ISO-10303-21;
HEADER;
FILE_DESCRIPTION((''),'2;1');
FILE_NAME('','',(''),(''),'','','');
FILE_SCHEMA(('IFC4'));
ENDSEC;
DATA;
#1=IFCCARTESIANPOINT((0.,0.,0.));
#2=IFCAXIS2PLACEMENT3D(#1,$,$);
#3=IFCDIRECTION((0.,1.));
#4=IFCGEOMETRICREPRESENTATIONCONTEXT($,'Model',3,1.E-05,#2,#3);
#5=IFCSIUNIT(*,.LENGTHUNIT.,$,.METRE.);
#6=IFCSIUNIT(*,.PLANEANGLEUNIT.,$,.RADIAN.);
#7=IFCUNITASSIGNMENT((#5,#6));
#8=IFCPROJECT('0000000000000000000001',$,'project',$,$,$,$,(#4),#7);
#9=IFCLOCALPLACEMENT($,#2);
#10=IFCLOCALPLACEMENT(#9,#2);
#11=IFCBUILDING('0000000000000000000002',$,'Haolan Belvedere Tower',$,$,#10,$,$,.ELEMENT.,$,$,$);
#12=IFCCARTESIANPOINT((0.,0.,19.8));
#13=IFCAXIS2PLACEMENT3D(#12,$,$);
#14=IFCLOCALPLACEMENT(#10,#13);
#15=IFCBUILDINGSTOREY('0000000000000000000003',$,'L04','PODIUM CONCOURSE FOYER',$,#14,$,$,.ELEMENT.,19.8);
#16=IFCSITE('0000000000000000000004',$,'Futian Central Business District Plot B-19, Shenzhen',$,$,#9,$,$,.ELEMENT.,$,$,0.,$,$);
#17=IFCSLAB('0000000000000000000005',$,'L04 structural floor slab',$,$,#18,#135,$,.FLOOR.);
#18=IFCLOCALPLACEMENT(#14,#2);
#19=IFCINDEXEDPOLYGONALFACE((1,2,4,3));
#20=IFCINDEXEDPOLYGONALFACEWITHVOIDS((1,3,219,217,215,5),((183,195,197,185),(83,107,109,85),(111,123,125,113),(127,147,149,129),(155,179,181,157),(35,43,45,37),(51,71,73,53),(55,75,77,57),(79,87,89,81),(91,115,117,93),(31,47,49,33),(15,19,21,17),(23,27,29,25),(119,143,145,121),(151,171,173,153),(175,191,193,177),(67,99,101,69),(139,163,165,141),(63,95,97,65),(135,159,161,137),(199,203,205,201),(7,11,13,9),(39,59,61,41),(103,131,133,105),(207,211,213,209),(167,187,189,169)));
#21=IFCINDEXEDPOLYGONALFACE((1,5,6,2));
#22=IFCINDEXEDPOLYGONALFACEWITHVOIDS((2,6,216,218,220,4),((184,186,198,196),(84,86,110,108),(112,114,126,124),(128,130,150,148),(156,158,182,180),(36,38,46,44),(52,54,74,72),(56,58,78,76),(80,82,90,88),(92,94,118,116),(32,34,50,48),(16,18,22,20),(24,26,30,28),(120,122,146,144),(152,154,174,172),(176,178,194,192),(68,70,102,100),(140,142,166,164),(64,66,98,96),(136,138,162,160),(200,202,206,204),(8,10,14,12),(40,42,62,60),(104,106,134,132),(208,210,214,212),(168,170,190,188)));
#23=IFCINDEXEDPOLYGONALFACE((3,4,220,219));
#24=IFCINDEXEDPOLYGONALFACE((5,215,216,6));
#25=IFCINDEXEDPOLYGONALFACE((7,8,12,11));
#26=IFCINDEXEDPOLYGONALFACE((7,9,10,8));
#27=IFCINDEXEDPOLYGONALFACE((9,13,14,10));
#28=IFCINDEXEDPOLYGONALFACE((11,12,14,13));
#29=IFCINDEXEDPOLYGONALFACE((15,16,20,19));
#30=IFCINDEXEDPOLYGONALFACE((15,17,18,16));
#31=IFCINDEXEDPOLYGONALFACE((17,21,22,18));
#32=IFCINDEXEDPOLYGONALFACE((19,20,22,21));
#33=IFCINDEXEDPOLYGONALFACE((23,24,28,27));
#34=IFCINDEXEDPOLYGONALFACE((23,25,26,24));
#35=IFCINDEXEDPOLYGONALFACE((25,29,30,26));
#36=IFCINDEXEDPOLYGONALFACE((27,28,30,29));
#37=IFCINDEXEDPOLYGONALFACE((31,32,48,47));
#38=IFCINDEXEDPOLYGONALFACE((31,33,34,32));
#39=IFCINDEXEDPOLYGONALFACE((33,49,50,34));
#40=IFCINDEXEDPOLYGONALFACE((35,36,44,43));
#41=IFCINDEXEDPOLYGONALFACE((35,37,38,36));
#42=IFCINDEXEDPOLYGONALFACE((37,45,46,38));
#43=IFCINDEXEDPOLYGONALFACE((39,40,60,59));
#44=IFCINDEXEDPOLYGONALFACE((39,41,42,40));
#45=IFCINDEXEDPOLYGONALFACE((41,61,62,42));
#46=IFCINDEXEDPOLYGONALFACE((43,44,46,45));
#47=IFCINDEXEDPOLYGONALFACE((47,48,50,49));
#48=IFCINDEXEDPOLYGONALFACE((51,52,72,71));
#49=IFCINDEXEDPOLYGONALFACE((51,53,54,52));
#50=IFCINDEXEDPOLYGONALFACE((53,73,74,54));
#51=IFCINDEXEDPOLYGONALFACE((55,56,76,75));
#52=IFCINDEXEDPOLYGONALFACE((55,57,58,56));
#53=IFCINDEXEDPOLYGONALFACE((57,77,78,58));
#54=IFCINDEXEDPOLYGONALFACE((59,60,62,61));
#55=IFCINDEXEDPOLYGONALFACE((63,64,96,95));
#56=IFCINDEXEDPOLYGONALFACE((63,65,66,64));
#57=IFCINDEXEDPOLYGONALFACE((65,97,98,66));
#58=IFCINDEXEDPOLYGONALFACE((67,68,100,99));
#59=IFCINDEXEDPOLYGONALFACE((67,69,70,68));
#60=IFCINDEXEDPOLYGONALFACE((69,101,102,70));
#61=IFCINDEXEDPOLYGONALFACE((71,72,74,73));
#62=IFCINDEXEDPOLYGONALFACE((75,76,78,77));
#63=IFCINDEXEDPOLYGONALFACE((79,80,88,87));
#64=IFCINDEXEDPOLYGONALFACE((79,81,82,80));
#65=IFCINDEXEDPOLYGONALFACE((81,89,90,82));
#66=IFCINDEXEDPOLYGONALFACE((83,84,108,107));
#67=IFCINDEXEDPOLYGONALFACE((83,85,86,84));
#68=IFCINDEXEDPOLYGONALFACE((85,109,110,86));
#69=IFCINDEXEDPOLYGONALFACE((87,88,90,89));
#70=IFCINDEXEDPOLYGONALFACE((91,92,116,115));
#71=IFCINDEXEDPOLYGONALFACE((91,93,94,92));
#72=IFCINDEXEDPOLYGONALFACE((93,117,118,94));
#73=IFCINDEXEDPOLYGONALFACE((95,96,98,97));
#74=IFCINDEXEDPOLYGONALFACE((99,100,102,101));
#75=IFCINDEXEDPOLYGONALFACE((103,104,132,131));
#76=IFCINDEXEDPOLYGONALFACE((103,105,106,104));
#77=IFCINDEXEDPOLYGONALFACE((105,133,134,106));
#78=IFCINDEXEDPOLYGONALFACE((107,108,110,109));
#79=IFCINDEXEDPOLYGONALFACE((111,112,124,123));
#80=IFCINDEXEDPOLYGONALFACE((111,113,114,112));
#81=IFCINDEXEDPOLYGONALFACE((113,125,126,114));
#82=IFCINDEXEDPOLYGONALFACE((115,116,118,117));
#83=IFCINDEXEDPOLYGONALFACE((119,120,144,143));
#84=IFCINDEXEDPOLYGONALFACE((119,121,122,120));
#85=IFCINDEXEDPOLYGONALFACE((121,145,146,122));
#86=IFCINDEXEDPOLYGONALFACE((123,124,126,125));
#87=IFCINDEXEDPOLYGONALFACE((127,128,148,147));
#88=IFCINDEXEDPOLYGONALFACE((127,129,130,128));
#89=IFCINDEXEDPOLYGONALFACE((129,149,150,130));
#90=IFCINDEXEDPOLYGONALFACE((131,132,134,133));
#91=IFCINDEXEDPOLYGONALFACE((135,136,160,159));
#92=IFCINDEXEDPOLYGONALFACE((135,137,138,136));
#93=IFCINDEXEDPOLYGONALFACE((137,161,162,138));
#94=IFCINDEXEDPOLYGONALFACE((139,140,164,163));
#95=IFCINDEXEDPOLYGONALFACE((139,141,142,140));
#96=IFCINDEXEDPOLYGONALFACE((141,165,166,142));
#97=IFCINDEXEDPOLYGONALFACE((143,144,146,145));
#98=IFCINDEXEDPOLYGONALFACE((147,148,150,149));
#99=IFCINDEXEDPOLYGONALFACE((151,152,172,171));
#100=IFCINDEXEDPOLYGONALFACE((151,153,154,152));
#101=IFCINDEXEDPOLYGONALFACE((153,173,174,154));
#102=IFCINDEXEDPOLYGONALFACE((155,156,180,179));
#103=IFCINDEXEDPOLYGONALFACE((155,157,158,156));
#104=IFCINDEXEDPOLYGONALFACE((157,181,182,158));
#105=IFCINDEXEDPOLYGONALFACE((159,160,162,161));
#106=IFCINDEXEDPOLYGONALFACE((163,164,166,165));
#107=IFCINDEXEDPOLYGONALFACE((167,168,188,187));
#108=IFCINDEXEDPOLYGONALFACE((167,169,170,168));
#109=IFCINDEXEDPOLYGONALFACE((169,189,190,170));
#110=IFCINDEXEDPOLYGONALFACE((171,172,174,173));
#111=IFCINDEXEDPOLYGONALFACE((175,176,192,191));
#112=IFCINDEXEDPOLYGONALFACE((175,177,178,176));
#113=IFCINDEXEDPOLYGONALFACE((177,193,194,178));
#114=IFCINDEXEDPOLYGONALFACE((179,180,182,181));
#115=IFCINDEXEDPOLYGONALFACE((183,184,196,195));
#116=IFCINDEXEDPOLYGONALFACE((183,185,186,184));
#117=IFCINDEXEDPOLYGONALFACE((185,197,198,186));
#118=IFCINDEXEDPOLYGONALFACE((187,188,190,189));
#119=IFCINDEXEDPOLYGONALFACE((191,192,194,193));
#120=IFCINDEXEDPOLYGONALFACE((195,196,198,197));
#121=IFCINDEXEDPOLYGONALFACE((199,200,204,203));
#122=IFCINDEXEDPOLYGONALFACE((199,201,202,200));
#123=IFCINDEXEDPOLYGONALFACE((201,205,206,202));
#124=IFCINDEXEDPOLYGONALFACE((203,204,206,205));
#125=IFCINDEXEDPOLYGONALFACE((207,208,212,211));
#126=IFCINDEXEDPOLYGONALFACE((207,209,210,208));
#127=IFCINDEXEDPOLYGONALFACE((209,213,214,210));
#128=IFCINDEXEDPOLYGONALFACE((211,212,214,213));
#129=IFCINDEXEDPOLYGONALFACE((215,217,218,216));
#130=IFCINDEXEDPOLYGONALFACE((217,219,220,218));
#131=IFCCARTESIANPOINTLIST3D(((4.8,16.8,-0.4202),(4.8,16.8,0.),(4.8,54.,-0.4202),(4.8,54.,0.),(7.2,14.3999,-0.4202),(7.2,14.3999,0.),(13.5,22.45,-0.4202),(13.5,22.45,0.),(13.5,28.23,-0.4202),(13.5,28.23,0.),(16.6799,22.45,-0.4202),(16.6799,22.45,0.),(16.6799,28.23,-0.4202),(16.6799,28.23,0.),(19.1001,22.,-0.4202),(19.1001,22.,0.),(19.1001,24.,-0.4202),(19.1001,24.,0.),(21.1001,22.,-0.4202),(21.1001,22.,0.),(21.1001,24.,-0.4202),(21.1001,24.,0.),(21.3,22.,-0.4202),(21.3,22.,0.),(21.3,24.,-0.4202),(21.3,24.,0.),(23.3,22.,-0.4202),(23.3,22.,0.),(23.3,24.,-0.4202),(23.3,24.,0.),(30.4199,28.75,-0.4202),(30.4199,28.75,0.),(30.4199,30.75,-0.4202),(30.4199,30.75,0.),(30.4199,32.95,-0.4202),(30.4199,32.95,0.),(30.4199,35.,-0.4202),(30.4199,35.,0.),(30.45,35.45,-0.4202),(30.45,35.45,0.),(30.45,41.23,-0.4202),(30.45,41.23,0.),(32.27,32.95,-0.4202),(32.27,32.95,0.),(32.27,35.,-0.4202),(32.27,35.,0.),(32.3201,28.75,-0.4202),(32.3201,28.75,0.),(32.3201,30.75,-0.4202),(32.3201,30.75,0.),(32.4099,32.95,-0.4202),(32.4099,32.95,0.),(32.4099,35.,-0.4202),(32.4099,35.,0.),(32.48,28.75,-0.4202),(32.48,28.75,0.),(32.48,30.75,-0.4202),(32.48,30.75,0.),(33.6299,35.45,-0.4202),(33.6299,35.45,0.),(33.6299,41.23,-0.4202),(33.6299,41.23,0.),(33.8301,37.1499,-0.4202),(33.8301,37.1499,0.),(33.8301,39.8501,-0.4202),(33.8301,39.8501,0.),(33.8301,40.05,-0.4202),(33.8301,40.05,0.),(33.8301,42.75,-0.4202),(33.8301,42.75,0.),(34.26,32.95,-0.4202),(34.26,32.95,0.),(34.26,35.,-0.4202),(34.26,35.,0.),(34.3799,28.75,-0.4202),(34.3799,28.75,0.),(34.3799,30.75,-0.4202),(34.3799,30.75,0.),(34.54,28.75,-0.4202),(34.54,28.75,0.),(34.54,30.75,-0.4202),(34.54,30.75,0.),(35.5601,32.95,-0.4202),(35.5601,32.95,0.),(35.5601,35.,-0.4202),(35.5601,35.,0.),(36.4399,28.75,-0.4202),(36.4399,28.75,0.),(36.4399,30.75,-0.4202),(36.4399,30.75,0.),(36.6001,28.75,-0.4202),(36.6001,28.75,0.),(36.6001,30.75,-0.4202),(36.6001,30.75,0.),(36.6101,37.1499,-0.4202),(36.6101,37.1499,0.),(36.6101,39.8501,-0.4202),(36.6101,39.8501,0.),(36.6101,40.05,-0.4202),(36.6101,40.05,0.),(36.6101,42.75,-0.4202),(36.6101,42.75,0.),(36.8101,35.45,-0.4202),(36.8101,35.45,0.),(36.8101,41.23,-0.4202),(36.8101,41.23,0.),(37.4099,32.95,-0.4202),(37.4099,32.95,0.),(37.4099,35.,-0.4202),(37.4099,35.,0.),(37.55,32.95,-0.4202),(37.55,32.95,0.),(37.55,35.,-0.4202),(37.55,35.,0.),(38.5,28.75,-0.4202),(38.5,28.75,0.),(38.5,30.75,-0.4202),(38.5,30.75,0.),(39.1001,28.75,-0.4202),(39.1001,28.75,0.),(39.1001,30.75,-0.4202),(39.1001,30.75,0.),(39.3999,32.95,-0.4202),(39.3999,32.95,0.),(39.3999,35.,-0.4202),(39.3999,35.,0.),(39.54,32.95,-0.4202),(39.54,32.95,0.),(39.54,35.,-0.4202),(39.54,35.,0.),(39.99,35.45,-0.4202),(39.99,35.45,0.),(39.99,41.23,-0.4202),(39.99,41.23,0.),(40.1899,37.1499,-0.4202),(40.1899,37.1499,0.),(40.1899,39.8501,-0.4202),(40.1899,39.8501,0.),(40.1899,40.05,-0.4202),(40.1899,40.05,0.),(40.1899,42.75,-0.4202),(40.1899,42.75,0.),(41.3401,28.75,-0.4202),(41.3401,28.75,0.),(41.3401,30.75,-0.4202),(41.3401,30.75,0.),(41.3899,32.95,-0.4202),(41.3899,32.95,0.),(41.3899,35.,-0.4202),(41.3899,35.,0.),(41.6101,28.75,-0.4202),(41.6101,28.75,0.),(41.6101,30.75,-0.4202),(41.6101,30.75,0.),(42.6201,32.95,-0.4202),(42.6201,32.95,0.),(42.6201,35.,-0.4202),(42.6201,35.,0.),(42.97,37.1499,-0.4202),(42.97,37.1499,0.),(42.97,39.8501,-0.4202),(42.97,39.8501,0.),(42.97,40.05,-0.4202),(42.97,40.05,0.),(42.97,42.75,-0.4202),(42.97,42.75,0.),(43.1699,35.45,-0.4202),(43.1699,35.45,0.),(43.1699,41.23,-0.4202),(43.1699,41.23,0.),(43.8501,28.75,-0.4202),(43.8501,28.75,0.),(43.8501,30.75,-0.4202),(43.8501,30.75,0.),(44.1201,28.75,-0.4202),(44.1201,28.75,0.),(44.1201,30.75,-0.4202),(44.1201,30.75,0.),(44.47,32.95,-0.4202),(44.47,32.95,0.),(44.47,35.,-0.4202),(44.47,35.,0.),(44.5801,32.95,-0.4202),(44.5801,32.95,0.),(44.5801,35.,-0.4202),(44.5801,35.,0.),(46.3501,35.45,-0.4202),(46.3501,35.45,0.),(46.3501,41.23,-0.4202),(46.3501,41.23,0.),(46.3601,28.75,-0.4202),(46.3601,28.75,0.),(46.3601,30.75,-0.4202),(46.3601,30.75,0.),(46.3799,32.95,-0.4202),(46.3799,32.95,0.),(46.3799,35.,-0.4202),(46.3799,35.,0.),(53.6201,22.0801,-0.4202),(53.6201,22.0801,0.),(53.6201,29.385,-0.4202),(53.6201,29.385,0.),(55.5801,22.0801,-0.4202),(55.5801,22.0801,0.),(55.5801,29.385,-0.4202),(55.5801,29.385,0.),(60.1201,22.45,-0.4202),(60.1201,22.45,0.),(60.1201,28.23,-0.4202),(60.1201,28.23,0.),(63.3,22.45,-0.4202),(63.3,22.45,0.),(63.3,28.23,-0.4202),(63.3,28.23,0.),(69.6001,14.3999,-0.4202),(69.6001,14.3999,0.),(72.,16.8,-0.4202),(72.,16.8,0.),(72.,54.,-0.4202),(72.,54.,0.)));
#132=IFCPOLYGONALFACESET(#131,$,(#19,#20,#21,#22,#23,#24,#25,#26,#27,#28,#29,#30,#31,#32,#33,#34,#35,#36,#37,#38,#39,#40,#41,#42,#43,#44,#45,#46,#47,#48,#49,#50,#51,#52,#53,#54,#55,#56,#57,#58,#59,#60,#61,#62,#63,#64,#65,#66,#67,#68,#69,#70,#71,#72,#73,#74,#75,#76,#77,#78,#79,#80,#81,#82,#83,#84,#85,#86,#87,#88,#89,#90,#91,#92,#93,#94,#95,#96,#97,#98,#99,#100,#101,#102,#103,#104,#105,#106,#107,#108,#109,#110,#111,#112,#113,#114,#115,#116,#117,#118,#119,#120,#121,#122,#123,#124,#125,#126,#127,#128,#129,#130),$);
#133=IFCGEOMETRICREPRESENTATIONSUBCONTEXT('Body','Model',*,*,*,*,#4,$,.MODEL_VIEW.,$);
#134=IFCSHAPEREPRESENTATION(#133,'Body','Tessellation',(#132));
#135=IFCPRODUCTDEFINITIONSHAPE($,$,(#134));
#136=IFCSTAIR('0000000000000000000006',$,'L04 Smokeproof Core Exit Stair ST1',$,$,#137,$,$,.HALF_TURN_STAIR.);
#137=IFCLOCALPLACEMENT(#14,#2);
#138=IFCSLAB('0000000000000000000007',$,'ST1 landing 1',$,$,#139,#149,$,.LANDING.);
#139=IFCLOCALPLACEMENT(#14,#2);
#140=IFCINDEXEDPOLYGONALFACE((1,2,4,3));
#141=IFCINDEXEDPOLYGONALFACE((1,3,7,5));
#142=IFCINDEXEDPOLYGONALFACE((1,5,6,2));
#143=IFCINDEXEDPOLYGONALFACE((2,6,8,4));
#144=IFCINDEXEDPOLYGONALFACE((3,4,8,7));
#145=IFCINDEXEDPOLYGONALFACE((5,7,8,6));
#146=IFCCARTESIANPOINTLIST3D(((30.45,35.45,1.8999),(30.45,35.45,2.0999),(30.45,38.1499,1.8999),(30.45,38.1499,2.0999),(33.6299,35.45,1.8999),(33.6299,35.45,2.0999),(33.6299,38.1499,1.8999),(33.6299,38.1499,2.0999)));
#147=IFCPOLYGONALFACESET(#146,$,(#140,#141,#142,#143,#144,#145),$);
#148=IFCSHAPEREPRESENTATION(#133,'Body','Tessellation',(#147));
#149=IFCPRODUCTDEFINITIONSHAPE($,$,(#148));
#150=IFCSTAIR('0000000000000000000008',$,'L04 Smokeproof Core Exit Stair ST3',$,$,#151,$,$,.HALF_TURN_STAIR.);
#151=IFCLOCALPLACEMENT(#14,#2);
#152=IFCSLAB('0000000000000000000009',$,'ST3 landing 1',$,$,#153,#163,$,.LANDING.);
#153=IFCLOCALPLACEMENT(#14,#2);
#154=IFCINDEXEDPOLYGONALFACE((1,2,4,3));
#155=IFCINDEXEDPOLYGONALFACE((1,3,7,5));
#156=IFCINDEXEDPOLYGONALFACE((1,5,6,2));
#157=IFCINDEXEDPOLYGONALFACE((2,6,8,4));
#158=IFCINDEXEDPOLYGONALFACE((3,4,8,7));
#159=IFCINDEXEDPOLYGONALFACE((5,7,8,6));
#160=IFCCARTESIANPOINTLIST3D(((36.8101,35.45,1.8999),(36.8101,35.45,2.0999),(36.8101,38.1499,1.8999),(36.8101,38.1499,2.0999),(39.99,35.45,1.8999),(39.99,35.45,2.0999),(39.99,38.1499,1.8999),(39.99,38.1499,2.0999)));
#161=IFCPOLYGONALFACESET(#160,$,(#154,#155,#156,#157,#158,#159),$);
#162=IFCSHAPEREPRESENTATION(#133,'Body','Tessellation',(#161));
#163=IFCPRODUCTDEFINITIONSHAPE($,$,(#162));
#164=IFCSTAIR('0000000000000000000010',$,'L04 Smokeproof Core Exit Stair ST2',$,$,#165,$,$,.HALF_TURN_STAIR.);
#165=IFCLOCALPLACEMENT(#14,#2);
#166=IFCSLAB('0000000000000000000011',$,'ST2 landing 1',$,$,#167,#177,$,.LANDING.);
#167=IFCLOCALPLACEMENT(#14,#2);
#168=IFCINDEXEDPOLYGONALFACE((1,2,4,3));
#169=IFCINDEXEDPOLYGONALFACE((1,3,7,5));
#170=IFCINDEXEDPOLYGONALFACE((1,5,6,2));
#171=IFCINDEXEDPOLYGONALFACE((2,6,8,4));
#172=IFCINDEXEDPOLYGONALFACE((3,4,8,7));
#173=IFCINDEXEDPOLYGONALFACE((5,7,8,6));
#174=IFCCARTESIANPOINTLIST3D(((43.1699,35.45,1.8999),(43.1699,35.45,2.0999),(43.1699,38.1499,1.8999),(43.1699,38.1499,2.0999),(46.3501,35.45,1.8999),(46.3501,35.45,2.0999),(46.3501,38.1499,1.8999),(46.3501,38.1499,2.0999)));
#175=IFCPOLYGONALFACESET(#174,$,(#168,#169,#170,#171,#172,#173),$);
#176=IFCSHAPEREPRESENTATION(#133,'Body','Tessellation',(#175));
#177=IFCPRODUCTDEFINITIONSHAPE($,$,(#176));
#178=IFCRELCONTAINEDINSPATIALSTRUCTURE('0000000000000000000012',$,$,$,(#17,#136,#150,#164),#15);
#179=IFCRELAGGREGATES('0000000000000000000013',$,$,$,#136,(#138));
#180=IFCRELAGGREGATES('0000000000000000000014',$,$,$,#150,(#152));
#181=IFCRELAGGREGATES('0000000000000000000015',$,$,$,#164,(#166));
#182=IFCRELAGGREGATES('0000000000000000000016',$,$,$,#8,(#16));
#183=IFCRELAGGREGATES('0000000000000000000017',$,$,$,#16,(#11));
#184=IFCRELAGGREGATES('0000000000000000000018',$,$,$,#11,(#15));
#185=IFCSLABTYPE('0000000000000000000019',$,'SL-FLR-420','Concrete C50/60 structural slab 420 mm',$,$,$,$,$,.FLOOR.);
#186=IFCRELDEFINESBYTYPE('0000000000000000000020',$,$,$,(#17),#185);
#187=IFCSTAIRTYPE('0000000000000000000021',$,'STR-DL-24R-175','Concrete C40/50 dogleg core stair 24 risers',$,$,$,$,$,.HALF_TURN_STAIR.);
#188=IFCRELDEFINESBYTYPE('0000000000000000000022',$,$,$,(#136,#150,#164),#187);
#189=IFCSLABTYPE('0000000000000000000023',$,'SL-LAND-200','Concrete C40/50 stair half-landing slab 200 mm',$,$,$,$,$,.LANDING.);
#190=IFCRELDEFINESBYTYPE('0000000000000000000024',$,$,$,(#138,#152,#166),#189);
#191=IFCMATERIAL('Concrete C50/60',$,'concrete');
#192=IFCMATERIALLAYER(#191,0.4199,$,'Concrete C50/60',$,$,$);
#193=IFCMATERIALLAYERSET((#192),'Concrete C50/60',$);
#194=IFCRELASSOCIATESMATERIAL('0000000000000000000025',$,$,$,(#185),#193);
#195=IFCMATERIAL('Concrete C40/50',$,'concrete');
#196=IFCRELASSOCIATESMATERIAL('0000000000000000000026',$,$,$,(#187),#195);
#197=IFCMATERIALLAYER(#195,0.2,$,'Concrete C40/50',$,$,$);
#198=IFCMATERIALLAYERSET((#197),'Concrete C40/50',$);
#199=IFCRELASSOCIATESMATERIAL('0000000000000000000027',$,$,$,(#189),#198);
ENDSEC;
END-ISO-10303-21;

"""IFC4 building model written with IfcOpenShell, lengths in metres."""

from ifc_helpers import new_model, si_unit, direction, frame, origin, place, context, subcontext, project, spatial, polyline, outline, extrude, material, layer, layer_set, type_object, element, aggregate, save


model = new_model("IFC4")

# Units and contexts
model_context = context("Model", 3, precision=1e-05, world=origin(), true_north=direction((0.0, 1.0)))
body_context = subcontext(model_context, "Body", "Model", "MODEL_VIEW")
ifc_project = project(units=[si_unit("LENGTHUNIT", "METRE"), si_unit("PLANEANGLEUNIT", "RADIAN")], contexts=[model_context])

# Site, building, storey
site_placement = place(None, origin())
site = spatial("IfcSite", under=ifc_project, at=site_placement, Name="Futian Central Business District Plot B-19, Shenzhen", CompositionType="ELEMENT", RefElevation=0.0)
building_placement = place(site_placement, origin())
building = spatial("IfcBuilding", under=site, at=building_placement, Name="Haolan Belvedere Tower", CompositionType="ELEMENT")
storey_placement = place(building_placement, frame((0.0, 0.0, 19.8)))
storey = spatial("IfcBuildingStorey", under=building, at=storey_placement, Name="L04", Description="PODIUM CONCOURSE FOYER", CompositionType="ELEMENT", Elevation=19.8)

# Slab
ifc_material_1 = material(Name="Concrete C50/60", Category="concrete")
ifc_layer_1 = layer(ifc_material_1, 0.4199, Name="Concrete C50/60")
ifc_layer_set_1 = layer_set([ifc_layer_1], Name="Concrete C50/60")
slab_type_1 = type_object("IfcSlabType", Name="SL-FLR-420", Description="Concrete C50/60 structural slab 420 mm", PredefinedType="FLOOR", material=ifc_layer_set_1)
slab_1_placement = place(storey_placement, frame((0.0, 0.0, -0.4202)))
element("IfcSlab", 1, at=slab_1_placement, inside=storey, type_object=slab_type_1, Name="L04 structural floor slab", PredefinedType="FLOOR", context=body_context, shape_type="SweptSolid", body=[
    extrude(outline(polyline([(7.2, 14.3999), (69.6001, 14.3999), (72.0, 16.8), (72.0, 54.0), (4.8, 54.0), (4.8, 16.8), (7.2, 14.3999)]), holes=[polyline([(30.45, 41.23), (30.45, 35.45), (33.6299, 35.45), (33.6299, 41.23), (30.45, 41.23)]), polyline([(36.8101, 41.23), (36.8101, 35.45), (39.99, 35.45), (39.99, 41.23), (36.8101, 41.23)]), polyline([(43.1699, 41.23), (43.1699, 35.45), (46.3501, 35.45), (46.3501, 41.23), (43.1699, 41.23)]), polyline([(13.5, 28.23), (13.5, 22.45), (16.6799, 22.45), (16.6799, 28.23), (13.5, 28.23)]), polyline([(60.1201, 28.23), (60.1201, 22.45), (63.3, 22.45), (63.3, 28.23), (60.1201, 28.23)]), polyline([(53.6201, 22.0801), (55.5801, 22.0801), (55.5801, 29.385), (53.6201, 29.385), (53.6201, 22.0801)]), polyline([(33.8301, 40.05), (36.6101, 40.05), (36.6101, 42.75), (33.8301, 42.75), (33.8301, 40.05)]), polyline([(33.8301, 37.1499), (36.6101, 37.1499), (36.6101, 39.8501), (33.8301, 39.8501), (33.8301, 37.1499)]), polyline([(40.1899, 40.05), (42.97, 40.05), (42.97, 42.75), (40.1899, 42.75), (40.1899, 40.05)]), polyline([(40.1899, 37.1499), (42.97, 37.1499), (42.97, 39.8501), (40.1899, 39.8501), (40.1899, 37.1499)]), polyline([(30.4199, 32.95), (32.27, 32.95), (32.27, 35.0), (30.4199, 35.0), (30.4199, 32.95)]), polyline([(32.4099, 32.95), (34.26, 32.95), (34.26, 35.0), (32.4099, 35.0), (32.4099, 32.95)]), polyline([(35.5601, 32.95), (37.4099, 32.95), (37.4099, 35.0), (35.5601, 35.0), (35.5601, 32.95)]), polyline([(37.55, 32.95), (39.3999, 32.95), (39.3999, 35.0), (37.55, 35.0), (37.55, 32.95)]), polyline([(39.54, 32.95), (41.3899, 32.95), (41.3899, 35.0), (39.54, 35.0), (39.54, 32.95)]), polyline([(42.6201, 32.95), (44.47, 32.95), (44.47, 35.0), (42.6201, 35.0), (42.6201, 32.95)]), polyline([(44.5801, 32.95), (46.3799, 32.95), (46.3799, 35.0), (44.5801, 35.0), (44.5801, 32.95)]), polyline([(30.4199, 28.75), (32.3201, 28.75), (32.3201, 30.75), (30.4199, 30.75), (30.4199, 28.75)]), polyline([(32.48, 28.75), (34.3799, 28.75), (34.3799, 30.75), (32.48, 30.75), (32.48, 28.75)]), polyline([(34.54, 28.75), (36.4399, 28.75), (36.4399, 30.75), (34.54, 30.75), (34.54, 28.75)]), polyline([(36.6001, 28.75), (38.5, 28.75), (38.5, 30.75), (36.6001, 30.75), (36.6001, 28.75)]), polyline([(39.1001, 28.75), (41.3401, 28.75), (41.3401, 30.75), (39.1001, 30.75), (39.1001, 28.75)]), polyline([(41.6101, 28.75), (43.8501, 28.75), (43.8501, 30.75), (41.6101, 30.75), (41.6101, 28.75)]), polyline([(44.1201, 28.75), (46.3601, 28.75), (46.3601, 30.75), (44.1201, 30.75), (44.1201, 28.75)]), polyline([(19.1001, 22.0), (21.1001, 22.0), (21.1001, 24.0), (19.1001, 24.0), (19.1001, 22.0)]), polyline([(21.3, 22.0), (23.3, 22.0), (23.3, 24.0), (21.3, 24.0), (21.3, 22.0)])]), origin(), (0.0, 0.0, 1.0), 0.4202),
])

# Stairs, slabs
ifc_material_2 = material(Name="Concrete C40/50", Category="concrete")
stair_type = type_object("IfcStairType", Name="STR-DL-24R-175", Description="Concrete C40/50 dogleg core stair 24 risers", PredefinedType="HALF_TURN_STAIR", material=ifc_material_2)
stair_1_placement = place(storey_placement, origin())
stair_1 = element("IfcStair", 2, at=stair_1_placement, inside=storey, type_object=stair_type, Name="L04 Smokeproof Core Exit Stair ST1", PredefinedType="HALF_TURN_STAIR")
ifc_layer_2 = layer(ifc_material_2, 0.2, Name="Concrete C40/50")
ifc_layer_set_2 = layer_set([ifc_layer_2], Name="Concrete C40/50")
slab_type_2 = type_object("IfcSlabType", Name="SL-LAND-200", Description="Concrete C40/50 stair half-landing slab 200 mm", PredefinedType="LANDING", material=ifc_layer_set_2)
slab_2_placement = place(storey_placement, frame((0.0, 0.0, 1.8999)))
slab_2 = element("IfcSlab", 3, at=slab_2_placement, type_object=slab_type_2, Name="ST1 landing 1", PredefinedType="LANDING", context=body_context, shape_type="SweptSolid", body=[
    extrude(outline(polyline([(30.45, 38.1499), (30.45, 35.45), (33.6299, 35.45), (33.6299, 38.1499), (30.45, 38.1499)])), origin(), (0.0, 0.0, 1.0), 0.2),
])
aggregate(stair_1, [slab_2])
stair_2_placement = place(storey_placement, origin())
stair_2 = element("IfcStair", 4, at=stair_2_placement, inside=storey, type_object=stair_type, Name="L04 Smokeproof Core Exit Stair ST3", PredefinedType="HALF_TURN_STAIR")
slab_3_placement = place(storey_placement, frame((0.0, 0.0, 1.8999)))
slab_3 = element("IfcSlab", 5, at=slab_3_placement, type_object=slab_type_2, Name="ST3 landing 1", PredefinedType="LANDING", context=body_context, shape_type="SweptSolid", body=[
    extrude(outline(polyline([(36.8101, 38.1499), (36.8101, 35.45), (39.99, 35.45), (39.99, 38.1499), (36.8101, 38.1499)])), origin(), (0.0, 0.0, 1.0), 0.2),
])
aggregate(stair_2, [slab_3])
stair_3_placement = place(storey_placement, origin())
stair_3 = element("IfcStair", 6, at=stair_3_placement, inside=storey, type_object=stair_type, Name="L04 Smokeproof Core Exit Stair ST2", PredefinedType="HALF_TURN_STAIR")
slab_4_placement = place(storey_placement, frame((0.0, 0.0, 1.8999)))
slab_4 = element("IfcSlab", 7, at=slab_4_placement, type_object=slab_type_2, Name="ST2 landing 1", PredefinedType="LANDING", context=body_context, shape_type="SweptSolid", body=[
    extrude(outline(polyline([(43.1699, 38.1499), (43.1699, 35.45), (46.3501, 35.45), (46.3501, 38.1499), (43.1699, 38.1499)])), origin(), (0.0, 0.0, 1.0), 0.2),
])
aggregate(stair_3, [slab_4])

save(model, "model.ifc")
